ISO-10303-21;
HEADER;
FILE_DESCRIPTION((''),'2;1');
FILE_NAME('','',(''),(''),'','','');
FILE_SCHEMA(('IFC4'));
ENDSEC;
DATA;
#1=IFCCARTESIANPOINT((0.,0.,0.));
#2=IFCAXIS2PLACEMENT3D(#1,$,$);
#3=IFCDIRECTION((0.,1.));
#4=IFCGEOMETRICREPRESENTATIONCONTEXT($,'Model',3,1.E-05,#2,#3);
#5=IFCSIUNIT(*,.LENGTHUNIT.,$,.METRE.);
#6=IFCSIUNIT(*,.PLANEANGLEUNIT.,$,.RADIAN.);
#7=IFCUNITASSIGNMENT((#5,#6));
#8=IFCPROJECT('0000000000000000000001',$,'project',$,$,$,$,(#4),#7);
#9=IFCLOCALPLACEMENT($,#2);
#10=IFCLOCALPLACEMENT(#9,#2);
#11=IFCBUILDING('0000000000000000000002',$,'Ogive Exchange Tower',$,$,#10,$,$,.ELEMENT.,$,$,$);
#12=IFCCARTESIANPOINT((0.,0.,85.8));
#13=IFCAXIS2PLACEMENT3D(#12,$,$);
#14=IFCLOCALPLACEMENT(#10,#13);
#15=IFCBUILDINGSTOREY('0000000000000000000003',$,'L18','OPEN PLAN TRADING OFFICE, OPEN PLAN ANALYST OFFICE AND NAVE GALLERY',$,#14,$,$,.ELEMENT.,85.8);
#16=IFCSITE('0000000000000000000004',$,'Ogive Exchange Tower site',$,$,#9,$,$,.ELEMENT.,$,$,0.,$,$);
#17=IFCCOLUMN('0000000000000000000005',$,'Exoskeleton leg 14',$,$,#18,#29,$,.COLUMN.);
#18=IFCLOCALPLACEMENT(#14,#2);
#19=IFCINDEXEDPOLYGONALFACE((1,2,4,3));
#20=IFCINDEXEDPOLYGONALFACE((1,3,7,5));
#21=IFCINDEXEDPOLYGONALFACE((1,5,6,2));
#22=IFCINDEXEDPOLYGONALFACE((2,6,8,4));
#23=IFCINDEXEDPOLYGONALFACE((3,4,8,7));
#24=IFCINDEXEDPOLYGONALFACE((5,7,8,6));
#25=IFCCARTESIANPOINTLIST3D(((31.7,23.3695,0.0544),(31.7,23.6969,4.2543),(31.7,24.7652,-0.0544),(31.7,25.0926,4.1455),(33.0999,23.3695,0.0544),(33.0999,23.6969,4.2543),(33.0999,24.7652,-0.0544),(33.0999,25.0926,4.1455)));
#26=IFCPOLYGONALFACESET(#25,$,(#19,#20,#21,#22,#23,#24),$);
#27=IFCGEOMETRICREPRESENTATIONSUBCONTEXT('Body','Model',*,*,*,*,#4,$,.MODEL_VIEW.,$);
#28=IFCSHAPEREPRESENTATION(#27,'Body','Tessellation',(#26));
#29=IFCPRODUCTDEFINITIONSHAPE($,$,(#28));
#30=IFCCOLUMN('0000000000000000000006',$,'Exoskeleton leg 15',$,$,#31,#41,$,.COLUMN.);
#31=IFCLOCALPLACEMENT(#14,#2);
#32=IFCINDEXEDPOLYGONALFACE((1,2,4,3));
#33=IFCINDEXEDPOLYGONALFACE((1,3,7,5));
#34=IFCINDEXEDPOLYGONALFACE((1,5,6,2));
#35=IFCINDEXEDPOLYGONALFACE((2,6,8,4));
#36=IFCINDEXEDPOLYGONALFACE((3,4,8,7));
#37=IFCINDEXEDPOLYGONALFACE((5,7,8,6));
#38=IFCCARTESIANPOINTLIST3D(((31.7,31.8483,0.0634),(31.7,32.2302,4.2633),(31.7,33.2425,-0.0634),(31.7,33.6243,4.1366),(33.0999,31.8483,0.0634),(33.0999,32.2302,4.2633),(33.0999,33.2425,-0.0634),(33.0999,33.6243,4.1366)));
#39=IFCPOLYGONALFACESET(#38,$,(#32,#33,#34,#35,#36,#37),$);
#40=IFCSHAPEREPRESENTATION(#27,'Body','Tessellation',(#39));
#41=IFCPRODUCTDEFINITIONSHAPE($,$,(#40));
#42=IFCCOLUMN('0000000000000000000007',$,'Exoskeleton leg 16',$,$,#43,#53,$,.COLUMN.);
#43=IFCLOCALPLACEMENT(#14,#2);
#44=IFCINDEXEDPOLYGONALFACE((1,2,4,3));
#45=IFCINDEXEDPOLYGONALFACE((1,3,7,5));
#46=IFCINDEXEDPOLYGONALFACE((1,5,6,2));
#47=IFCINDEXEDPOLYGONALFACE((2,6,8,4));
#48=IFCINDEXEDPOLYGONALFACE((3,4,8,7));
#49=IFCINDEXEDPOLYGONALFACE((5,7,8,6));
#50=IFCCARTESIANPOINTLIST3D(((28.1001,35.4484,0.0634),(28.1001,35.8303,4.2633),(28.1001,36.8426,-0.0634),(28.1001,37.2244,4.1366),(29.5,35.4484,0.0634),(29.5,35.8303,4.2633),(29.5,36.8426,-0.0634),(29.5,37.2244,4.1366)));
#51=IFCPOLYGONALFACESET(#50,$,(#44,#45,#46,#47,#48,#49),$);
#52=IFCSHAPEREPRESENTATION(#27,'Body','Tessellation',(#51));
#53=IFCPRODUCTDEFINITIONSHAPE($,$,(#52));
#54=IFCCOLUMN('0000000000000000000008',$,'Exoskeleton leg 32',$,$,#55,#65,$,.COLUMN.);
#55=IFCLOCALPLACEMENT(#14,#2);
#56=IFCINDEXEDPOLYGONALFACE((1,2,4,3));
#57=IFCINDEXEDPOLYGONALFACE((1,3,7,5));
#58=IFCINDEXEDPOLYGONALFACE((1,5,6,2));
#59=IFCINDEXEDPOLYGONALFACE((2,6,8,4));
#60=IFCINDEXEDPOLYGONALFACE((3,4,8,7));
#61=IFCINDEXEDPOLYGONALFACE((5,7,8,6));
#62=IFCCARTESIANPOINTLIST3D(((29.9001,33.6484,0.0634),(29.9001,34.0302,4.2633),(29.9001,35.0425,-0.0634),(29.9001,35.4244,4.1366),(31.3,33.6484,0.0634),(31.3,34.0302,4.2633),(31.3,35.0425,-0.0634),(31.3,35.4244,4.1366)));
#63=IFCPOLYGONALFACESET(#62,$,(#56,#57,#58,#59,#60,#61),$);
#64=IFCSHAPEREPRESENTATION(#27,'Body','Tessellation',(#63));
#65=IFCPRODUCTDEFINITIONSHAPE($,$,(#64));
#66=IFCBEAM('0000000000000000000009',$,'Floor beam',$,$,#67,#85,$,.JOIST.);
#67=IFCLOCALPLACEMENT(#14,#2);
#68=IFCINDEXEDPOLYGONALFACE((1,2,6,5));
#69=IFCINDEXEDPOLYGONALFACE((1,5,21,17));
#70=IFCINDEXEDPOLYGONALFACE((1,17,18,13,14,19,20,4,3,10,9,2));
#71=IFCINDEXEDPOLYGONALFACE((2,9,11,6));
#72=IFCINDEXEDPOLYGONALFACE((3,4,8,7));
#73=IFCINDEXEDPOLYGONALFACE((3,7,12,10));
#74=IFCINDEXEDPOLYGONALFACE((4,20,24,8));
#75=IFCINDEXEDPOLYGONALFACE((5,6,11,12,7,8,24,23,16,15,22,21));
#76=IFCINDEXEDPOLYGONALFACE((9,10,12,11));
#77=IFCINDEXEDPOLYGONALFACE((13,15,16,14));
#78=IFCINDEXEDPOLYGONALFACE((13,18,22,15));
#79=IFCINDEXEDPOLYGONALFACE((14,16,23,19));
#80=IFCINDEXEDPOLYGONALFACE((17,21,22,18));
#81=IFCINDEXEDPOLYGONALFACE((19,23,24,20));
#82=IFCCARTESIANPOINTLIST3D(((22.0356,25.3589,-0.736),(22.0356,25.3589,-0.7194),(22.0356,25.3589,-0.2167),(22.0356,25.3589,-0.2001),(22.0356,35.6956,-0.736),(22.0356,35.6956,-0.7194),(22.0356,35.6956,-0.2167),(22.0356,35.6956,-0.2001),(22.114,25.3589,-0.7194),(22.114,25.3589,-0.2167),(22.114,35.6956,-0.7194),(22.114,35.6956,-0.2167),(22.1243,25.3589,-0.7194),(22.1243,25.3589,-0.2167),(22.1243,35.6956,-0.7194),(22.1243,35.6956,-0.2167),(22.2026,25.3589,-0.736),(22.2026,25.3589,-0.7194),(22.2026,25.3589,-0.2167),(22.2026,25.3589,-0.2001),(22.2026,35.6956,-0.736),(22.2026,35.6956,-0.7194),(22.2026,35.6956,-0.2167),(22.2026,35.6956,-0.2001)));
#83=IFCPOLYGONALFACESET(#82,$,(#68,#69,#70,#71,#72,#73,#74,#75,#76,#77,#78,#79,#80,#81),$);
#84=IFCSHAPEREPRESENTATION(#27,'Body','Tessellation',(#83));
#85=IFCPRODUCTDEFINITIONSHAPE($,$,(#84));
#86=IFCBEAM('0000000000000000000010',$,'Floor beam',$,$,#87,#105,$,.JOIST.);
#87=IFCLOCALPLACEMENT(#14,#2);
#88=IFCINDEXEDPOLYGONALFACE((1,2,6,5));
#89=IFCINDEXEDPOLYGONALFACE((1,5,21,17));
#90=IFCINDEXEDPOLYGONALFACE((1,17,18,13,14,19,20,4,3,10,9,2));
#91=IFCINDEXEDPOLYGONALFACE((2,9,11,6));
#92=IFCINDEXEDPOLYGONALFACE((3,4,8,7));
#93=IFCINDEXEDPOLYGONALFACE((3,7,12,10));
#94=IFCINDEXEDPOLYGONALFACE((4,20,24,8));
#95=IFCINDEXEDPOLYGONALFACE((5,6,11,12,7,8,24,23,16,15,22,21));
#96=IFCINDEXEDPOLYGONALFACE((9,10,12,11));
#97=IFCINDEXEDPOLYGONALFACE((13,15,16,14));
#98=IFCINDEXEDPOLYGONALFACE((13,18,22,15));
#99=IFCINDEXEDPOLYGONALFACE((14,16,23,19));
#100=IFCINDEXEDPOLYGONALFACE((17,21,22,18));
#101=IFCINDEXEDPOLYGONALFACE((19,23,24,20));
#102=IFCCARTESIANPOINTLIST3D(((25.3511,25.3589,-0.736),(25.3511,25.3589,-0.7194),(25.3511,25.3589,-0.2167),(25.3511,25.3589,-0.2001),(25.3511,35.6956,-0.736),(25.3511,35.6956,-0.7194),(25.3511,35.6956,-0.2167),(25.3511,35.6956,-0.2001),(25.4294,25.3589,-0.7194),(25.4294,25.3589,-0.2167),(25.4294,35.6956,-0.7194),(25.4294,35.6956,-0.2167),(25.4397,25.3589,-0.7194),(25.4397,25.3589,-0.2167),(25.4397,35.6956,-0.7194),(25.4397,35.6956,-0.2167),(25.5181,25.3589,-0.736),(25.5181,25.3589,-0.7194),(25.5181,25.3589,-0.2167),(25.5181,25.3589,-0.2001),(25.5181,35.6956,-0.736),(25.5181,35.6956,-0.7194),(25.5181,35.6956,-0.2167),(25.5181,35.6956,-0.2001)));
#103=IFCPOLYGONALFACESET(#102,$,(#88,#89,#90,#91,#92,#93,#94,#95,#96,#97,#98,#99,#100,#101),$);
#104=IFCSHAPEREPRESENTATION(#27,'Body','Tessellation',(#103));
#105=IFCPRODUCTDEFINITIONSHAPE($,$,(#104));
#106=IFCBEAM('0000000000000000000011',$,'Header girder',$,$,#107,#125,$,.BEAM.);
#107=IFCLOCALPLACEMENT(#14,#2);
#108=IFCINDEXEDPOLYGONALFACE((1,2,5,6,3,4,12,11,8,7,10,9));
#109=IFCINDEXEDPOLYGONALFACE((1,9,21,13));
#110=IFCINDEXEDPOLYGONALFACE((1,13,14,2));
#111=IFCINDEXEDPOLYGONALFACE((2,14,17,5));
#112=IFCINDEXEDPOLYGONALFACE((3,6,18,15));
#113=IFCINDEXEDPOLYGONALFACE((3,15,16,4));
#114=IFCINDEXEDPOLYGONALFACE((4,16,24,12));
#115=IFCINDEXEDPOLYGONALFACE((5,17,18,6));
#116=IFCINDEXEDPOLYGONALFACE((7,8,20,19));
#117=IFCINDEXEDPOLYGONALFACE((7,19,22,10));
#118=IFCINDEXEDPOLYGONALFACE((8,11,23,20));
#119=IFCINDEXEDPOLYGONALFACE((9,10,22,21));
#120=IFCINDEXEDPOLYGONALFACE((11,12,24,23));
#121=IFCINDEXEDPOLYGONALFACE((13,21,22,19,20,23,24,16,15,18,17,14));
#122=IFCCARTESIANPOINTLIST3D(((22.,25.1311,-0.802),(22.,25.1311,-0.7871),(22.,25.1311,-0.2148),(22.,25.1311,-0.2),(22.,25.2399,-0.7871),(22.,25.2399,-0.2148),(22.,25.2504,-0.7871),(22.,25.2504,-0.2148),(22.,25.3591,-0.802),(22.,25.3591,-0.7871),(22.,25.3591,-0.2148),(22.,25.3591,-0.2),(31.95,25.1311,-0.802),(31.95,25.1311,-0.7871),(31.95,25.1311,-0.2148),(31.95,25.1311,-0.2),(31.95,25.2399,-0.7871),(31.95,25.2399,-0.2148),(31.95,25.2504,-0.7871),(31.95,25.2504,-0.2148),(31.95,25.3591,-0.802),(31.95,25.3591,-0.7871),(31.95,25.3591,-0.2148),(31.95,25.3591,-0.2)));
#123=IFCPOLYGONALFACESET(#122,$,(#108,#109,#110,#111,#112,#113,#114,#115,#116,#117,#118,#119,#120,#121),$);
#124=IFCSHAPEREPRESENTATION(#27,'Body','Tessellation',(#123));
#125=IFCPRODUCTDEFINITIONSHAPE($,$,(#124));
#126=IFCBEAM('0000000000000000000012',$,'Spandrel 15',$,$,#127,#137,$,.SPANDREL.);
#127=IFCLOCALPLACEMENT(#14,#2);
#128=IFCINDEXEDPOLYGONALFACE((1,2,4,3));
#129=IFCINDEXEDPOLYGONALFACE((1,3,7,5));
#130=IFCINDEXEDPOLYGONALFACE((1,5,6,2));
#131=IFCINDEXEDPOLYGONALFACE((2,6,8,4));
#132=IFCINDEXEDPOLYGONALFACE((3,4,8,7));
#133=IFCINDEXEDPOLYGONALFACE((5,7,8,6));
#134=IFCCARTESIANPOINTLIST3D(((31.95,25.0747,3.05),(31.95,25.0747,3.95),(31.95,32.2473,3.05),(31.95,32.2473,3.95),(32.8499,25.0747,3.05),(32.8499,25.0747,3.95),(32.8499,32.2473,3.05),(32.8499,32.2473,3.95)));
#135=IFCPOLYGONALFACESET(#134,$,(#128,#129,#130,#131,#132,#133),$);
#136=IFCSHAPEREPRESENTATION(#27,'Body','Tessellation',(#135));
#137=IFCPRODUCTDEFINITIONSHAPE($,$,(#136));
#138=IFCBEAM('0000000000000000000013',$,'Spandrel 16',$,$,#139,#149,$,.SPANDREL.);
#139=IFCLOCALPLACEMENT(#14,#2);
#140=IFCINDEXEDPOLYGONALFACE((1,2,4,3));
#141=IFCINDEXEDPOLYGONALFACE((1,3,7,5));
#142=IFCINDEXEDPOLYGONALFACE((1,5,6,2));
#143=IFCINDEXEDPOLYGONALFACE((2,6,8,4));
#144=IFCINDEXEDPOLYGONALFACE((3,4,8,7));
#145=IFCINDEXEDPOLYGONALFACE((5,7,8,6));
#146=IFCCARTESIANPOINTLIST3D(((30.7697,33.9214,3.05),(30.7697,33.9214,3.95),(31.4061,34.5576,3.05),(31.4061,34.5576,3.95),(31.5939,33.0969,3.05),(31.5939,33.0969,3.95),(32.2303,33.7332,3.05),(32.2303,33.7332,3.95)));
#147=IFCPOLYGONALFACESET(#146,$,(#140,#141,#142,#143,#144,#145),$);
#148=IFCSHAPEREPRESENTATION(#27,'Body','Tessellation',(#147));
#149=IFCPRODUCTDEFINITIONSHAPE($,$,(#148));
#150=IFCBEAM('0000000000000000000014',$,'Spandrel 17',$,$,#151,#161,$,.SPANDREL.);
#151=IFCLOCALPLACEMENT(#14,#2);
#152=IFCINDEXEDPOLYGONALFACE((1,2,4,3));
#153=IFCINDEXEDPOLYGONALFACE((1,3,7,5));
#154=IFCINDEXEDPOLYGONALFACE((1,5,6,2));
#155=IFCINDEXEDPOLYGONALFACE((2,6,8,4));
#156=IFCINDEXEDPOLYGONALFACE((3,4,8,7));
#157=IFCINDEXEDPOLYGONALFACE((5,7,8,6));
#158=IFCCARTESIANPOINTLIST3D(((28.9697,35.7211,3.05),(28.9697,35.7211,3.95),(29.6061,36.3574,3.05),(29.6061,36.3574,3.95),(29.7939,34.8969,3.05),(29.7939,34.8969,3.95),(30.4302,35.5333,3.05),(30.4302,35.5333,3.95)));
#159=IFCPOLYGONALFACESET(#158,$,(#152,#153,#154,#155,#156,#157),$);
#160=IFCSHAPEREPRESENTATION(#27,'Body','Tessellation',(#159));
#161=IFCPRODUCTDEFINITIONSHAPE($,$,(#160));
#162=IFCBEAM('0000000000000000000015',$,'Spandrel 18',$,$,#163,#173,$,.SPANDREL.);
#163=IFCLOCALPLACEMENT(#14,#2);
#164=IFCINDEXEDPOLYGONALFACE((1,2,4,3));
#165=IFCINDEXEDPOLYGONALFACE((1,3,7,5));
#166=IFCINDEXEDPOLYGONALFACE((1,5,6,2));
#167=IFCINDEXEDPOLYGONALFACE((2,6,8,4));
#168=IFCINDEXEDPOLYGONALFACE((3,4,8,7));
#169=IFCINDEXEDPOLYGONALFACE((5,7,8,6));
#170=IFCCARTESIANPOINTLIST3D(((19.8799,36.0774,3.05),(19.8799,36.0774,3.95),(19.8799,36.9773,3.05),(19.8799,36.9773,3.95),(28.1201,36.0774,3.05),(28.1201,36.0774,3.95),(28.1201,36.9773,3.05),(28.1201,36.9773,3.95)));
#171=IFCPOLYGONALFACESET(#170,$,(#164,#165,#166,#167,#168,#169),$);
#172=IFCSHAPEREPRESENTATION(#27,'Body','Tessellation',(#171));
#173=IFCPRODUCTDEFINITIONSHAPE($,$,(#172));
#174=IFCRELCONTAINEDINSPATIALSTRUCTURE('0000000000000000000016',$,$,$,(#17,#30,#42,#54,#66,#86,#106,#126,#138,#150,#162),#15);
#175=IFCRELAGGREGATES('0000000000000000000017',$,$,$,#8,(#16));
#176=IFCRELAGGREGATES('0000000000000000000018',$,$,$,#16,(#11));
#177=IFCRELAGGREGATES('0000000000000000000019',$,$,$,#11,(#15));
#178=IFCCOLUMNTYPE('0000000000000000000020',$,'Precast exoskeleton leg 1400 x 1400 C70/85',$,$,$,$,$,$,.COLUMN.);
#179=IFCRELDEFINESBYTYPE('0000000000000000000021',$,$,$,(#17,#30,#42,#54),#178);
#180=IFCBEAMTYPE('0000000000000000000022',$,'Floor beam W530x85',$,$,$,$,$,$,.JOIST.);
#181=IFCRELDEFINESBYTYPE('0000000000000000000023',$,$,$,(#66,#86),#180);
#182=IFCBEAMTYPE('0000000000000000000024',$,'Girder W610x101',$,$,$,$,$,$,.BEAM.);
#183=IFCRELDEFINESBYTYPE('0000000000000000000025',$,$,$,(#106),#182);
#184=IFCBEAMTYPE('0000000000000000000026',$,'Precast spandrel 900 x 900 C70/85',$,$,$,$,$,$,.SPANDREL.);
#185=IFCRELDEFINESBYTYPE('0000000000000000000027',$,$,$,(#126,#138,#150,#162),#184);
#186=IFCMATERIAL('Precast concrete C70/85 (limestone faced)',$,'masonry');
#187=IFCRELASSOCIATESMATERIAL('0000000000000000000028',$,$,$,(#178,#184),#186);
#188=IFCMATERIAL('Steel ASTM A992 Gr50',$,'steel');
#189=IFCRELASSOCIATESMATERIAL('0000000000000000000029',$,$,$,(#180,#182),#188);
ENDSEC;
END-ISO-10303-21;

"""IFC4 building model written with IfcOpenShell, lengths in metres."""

from ifc_helpers import new_model, si_unit, direction, frame, origin, origin_2d, place, context, subcontext, project, spatial, rectangle, i_section, extrude, material, material_profile, profile_set, type_object, element, save


model = new_model("IFC4")

# Units and contexts
model_context = context("Model", 3, precision=1e-05, world=origin(), true_north=direction((0.0, 1.0)))
body_context = subcontext(model_context, "Body", "Model", "MODEL_VIEW")
ifc_project = project(units=[si_unit("LENGTHUNIT", "METRE"), si_unit("PLANEANGLEUNIT", "RADIAN")], contexts=[model_context])

# Site, building, storey
site_placement = place(None, origin())
site = spatial("IfcSite", under=ifc_project, at=site_placement, Name="Ogive Exchange Tower site", CompositionType="ELEMENT", RefElevation=0.0)
building_placement = place(site_placement, origin())
building = spatial("IfcBuilding", under=site, at=building_placement, Name="Ogive Exchange Tower", CompositionType="ELEMENT")
storey_placement = place(building_placement, frame((0.0, 0.0, 85.8)))
storey = spatial("IfcBuildingStorey", under=building, at=storey_placement, Name="L18", Description="OPEN PLAN TRADING OFFICE, OPEN PLAN ANALYST OFFICE AND NAVE GALLERY", CompositionType="ELEMENT", Elevation=85.8)

# Columns
ifc_material_1 = material(Name="Precast concrete C70/85 (limestone faced)", Category="masonry")
ifc_material_profile_1 = material_profile(ifc_material_1, rectangle(XDim=1.3999, YDim=1.3999, at=origin_2d()), Name="1400 x 1400")
ifc_profile_set_1 = profile_set([ifc_material_profile_1], Name="Precast concrete C70/85 (limestone faced)")
column_type = type_object("IfcColumnType", Name="Precast exoskeleton leg 1400 x 1400 C70/85", PredefinedType="COLUMN", material=ifc_profile_set_1)
column_placement = place(storey_placement, frame((32.3999, 24.0674, 0.0), z_axis=(0.0, 0.077716, 0.996976), x_axis=(-1.0, 0.0, 0.0)))
element("IfcColumn", 1, at=column_placement, inside=storey, type_object=column_type, Name="Exoskeleton leg 14", PredefinedType="COLUMN", context=body_context, shape_type="SweptSolid", body=[
    extrude(rectangle(XDim=1.3999, YDim=1.3999, at=origin_2d()), origin(), (0.0, 0.0, 1.0), 4.2126),
])
for number, where, z_axis, x_axis, name in (
    (2, (32.3999, 32.5454, 0.0), (0.0, 0.090541, 0.995893), (-1.0, 0.0, 0.0), "Exoskeleton leg 15"),
    (3, (28.8, 36.1455, 0.0), (0.0, 0.090541, 0.995893), (-1.0, 0.0, 0.0), "Exoskeleton leg 16"),
    (4, (30.6001, 34.3455, 0.0), (0.0, 0.090541, 0.995893), (-1.0, 0.0, 0.0), "Exoskeleton leg 32"),
):
    element("IfcColumn", number, at=place(storey_placement, frame(where, z_axis=z_axis, x_axis=x_axis)), inside=storey, type_object=column_type, Name=name, PredefinedType="COLUMN", context=body_context, shape_type="SweptSolid", body=[
        extrude(rectangle(XDim=1.3999, YDim=1.3999, at=origin_2d()), origin(), (0.0, 0.0, 1.0), 4.2173),
    ])

# Beams
ifc_material_2 = material(Name="Steel ASTM A992 Gr50", Category="steel")
ifc_material_profile_2 = material_profile(ifc_material_2, i_section(OverallWidth=0.167, OverallDepth=0.5359, WebThickness=0.0103, FlangeThickness=0.0166, at=origin_2d()), Name="W530x85")
ifc_profile_set_2 = profile_set([ifc_material_profile_2], Name="Steel ASTM A992 Gr50")
beam_type_1 = type_object("IfcBeamType", Name="Floor beam W530x85", PredefinedType="JOIST", material=ifc_profile_set_2)
for number, where, z_axis, x_axis, name in (
    (5, (22.1191, 25.3589, -0.468), (0.0, 1.0, 0.0), (-1.0, 0.0, 0.0), "Floor beam"),
    (6, (25.4346, 25.3589, -0.468), (0.0, 1.0, 0.0), (-1.0, 0.0, 0.0), "Floor beam"),
):
    element("IfcBeam", number, at=place(storey_placement, frame(where, z_axis=z_axis, x_axis=x_axis)), inside=storey, type_object=beam_type_1, Name=name, PredefinedType="JOIST", context=body_context, shape_type="SweptSolid", body=[
        extrude(i_section(OverallWidth=0.167, OverallDepth=0.5359, WebThickness=0.0103, FlangeThickness=0.0166, at=origin_2d()), origin(), (0.0, 0.0, 1.0), 10.3367),
    ])
ifc_material_profile_3 = material_profile(ifc_material_2, i_section(OverallWidth=0.228, OverallDepth=0.6021, WebThickness=0.0105, FlangeThickness=0.0149, at=origin_2d()), Name="W610x101")
ifc_profile_set_3 = profile_set([ifc_material_profile_3], Name="Steel ASTM A992 Gr50")
beam_type_2 = type_object("IfcBeamType", Name="Girder W610x101", PredefinedType="BEAM", material=ifc_profile_set_3)
beam_1_placement = place(storey_placement, frame((22.0, 25.2451, -0.501), z_axis=(1.0, 0.0, 0.0), x_axis=(0.0, 1.0, 0.0)))
element("IfcBeam", 7, at=beam_1_placement, inside=storey, type_object=beam_type_2, Name="Header girder", PredefinedType="BEAM", context=body_context, shape_type="SweptSolid", body=[
    extrude(i_section(OverallWidth=0.228, OverallDepth=0.6021, WebThickness=0.0105, FlangeThickness=0.0149, at=origin_2d()), origin(), (0.0, 0.0, 1.0), 9.95),
])
ifc_material_profile_4 = material_profile(ifc_material_1, rectangle(XDim=0.8999, YDim=0.8999, at=origin_2d()), Name="900 x 900")
ifc_profile_set_4 = profile_set([ifc_material_profile_4], Name="Precast concrete C70/85 (limestone faced)")
beam_type_3 = type_object("IfcBeamType", Name="Precast spandrel 900 x 900 C70/85", PredefinedType="SPANDREL", material=ifc_profile_set_4)
beam_2_placement = place(storey_placement, frame((32.3999, 25.0747, 3.5), z_axis=(0.0, 1.0, 0.0), x_axis=(-1.0, 0.0, 0.0)))
element("IfcBeam", 8, at=beam_2_placement, inside=storey, type_object=beam_type_3, Name="Spandrel 15", PredefinedType="SPANDREL", context=body_context, shape_type="SweptSolid", body=[
    extrude(rectangle(XDim=0.8999, YDim=0.8999, at=origin_2d()), origin(), (0.0, 0.0, 1.0), 7.1726),
])
beam_3_placement = place(storey_placement, frame((31.9121, 33.415, 3.5), z_axis=(-0.707002, 0.707211, 0.0), x_axis=(-0.707211, -0.707002, 0.0)))
element("IfcBeam", 9, at=beam_3_placement, inside=storey, type_object=beam_type_3, Name="Spandrel 16", PredefinedType="SPANDREL", context=body_context, shape_type="SweptSolid", body=[
    extrude(rectangle(XDim=0.8999, YDim=0.8999, at=origin_2d()), origin(), (0.0, 0.0, 1.0), 1.1658),
])
beam_4_placement = place(storey_placement, frame((30.1121, 35.2151, 3.5), z_axis=(-0.707107, 0.707107, 0.0), x_axis=(-0.707107, -0.707107, 0.0)))
element("IfcBeam", 10, at=beam_4_placement, inside=storey, type_object=beam_type_3, Name="Spandrel 17", PredefinedType="SPANDREL", context=body_context, shape_type="SweptSolid", body=[
    extrude(rectangle(XDim=0.8999, YDim=0.8999, at=origin_2d()), origin(), (0.0, 0.0, 1.0), 1.1655),
])
beam_5_placement = place(storey_placement, frame((28.1201, 36.5273, 3.5), z_axis=(-1.0, 0.0, 0.0), x_axis=(0.0, -1.0, 0.0)))
element("IfcBeam", 11, at=beam_5_placement, inside=storey, type_object=beam_type_3, Name="Spandrel 18", PredefinedType="SPANDREL", context=body_context, shape_type="SweptSolid", body=[
    extrude(rectangle(XDim=0.8999, YDim=0.8999, at=origin_2d()), origin(), (0.0, 0.0, 1.0), 8.2402),
])

save(model, "model.ifc")
